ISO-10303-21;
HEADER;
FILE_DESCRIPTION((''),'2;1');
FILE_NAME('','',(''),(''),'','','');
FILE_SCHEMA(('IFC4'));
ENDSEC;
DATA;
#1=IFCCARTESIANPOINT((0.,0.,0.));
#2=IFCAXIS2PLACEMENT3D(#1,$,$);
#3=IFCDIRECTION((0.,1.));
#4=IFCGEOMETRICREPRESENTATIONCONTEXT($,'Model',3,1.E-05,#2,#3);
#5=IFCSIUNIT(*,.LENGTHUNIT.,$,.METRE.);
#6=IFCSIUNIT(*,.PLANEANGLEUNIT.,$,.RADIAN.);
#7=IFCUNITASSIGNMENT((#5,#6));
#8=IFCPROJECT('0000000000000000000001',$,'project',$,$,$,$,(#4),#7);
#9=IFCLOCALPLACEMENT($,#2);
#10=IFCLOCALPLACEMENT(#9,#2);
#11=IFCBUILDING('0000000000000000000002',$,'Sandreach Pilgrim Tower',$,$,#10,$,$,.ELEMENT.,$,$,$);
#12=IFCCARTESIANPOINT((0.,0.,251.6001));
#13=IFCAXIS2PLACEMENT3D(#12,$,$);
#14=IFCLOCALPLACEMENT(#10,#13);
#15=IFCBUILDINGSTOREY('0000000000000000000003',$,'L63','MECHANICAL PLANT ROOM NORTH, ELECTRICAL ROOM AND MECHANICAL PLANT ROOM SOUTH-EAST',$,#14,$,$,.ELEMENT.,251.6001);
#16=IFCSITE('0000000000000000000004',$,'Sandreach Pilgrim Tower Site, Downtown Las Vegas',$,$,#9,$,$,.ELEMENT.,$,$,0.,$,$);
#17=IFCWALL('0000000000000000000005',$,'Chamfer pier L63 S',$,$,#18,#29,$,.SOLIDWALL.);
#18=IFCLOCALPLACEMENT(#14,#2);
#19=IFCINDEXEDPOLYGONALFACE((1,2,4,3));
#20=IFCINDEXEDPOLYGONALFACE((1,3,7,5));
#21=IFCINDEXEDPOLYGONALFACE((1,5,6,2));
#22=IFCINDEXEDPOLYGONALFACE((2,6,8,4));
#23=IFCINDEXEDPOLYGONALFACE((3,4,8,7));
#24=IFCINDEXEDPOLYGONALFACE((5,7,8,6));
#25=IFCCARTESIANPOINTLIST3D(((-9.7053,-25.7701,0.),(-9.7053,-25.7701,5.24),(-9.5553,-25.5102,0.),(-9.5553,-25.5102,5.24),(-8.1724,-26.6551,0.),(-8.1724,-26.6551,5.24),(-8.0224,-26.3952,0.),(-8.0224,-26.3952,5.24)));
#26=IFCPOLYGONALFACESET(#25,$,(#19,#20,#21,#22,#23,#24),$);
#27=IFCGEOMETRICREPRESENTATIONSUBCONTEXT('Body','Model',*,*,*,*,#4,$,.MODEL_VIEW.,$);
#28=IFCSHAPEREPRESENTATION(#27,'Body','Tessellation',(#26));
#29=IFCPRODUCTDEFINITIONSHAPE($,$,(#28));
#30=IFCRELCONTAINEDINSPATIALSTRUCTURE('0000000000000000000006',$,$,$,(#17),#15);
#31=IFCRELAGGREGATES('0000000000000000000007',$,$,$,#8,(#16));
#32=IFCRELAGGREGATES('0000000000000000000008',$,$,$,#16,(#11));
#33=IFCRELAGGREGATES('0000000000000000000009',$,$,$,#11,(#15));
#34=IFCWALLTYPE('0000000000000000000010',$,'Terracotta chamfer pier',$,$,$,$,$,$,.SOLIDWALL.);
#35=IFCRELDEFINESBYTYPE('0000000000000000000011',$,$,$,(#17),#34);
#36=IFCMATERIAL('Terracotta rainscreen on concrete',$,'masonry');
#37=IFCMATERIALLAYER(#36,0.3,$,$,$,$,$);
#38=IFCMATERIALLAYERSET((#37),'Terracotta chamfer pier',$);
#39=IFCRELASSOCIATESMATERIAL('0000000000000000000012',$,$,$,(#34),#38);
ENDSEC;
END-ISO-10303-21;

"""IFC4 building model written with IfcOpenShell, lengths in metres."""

from ifc_helpers import new_model, si_unit, direction, frame, frame_2d, origin, place, context, subcontext, project, spatial, rectangle, extrude, material, layer, layer_set, type_object, element, save


model = new_model("IFC4")

# Units and contexts
model_context = context("Model", 3, precision=1e-05, world=origin(), true_north=direction((0.0, 1.0)))
body_context = subcontext(model_context, "Body", "Model", "MODEL_VIEW")
ifc_project = project(units=[si_unit("LENGTHUNIT", "METRE"), si_unit("PLANEANGLEUNIT", "RADIAN")], contexts=[model_context])

# Site, building, storey
site_placement = place(None, origin())
site = spatial("IfcSite", under=ifc_project, at=site_placement, Name="Sandreach Pilgrim Tower Site, Downtown Las Vegas", CompositionType="ELEMENT", RefElevation=0.0)
building_placement = place(site_placement, origin())
building = spatial("IfcBuilding", under=site, at=building_placement, Name="Sandreach Pilgrim Tower", CompositionType="ELEMENT")
storey_placement = place(building_placement, frame((0.0, 0.0, 251.6001)))
storey = spatial("IfcBuildingStorey", under=building, at=storey_placement, Name="L63", Description="MECHANICAL PLANT ROOM NORTH, ELECTRICAL ROOM AND MECHANICAL PLANT ROOM SOUTH-EAST", CompositionType="ELEMENT", Elevation=251.6001)

# Wall
ifc_material_1 = material(Name="Terracotta rainscreen on concrete", Category="masonry")
ifc_layer_1 = layer(ifc_material_1, 0.3)
ifc_layer_set_1 = layer_set([ifc_layer_1], Name="Terracotta chamfer pier")
wall_type_1 = type_object("IfcWallType", Name="Terracotta chamfer pier", PredefinedType="SOLIDWALL", material=ifc_layer_set_1)
wall_1_placement = place(storey_placement, frame((-8.0974, -26.5251, 0.0), z_axis=(0.0, 0.0, 1.0), x_axis=(-0.866036, 0.499981, 0.0)))
element("IfcWall", 1, at=wall_1_placement, inside=storey, type_object=wall_type_1, Name="Chamfer pier L63 S", PredefinedType="SOLIDWALL", context=body_context, shape_type="SweptSolid", body=[
    extrude(rectangle(XDim=1.77, YDim=0.3, at=frame_2d((0.885, 0.0))), origin(), (0.0, 0.0, 1.0), 5.24),
])

save(model, "model.ifc")
